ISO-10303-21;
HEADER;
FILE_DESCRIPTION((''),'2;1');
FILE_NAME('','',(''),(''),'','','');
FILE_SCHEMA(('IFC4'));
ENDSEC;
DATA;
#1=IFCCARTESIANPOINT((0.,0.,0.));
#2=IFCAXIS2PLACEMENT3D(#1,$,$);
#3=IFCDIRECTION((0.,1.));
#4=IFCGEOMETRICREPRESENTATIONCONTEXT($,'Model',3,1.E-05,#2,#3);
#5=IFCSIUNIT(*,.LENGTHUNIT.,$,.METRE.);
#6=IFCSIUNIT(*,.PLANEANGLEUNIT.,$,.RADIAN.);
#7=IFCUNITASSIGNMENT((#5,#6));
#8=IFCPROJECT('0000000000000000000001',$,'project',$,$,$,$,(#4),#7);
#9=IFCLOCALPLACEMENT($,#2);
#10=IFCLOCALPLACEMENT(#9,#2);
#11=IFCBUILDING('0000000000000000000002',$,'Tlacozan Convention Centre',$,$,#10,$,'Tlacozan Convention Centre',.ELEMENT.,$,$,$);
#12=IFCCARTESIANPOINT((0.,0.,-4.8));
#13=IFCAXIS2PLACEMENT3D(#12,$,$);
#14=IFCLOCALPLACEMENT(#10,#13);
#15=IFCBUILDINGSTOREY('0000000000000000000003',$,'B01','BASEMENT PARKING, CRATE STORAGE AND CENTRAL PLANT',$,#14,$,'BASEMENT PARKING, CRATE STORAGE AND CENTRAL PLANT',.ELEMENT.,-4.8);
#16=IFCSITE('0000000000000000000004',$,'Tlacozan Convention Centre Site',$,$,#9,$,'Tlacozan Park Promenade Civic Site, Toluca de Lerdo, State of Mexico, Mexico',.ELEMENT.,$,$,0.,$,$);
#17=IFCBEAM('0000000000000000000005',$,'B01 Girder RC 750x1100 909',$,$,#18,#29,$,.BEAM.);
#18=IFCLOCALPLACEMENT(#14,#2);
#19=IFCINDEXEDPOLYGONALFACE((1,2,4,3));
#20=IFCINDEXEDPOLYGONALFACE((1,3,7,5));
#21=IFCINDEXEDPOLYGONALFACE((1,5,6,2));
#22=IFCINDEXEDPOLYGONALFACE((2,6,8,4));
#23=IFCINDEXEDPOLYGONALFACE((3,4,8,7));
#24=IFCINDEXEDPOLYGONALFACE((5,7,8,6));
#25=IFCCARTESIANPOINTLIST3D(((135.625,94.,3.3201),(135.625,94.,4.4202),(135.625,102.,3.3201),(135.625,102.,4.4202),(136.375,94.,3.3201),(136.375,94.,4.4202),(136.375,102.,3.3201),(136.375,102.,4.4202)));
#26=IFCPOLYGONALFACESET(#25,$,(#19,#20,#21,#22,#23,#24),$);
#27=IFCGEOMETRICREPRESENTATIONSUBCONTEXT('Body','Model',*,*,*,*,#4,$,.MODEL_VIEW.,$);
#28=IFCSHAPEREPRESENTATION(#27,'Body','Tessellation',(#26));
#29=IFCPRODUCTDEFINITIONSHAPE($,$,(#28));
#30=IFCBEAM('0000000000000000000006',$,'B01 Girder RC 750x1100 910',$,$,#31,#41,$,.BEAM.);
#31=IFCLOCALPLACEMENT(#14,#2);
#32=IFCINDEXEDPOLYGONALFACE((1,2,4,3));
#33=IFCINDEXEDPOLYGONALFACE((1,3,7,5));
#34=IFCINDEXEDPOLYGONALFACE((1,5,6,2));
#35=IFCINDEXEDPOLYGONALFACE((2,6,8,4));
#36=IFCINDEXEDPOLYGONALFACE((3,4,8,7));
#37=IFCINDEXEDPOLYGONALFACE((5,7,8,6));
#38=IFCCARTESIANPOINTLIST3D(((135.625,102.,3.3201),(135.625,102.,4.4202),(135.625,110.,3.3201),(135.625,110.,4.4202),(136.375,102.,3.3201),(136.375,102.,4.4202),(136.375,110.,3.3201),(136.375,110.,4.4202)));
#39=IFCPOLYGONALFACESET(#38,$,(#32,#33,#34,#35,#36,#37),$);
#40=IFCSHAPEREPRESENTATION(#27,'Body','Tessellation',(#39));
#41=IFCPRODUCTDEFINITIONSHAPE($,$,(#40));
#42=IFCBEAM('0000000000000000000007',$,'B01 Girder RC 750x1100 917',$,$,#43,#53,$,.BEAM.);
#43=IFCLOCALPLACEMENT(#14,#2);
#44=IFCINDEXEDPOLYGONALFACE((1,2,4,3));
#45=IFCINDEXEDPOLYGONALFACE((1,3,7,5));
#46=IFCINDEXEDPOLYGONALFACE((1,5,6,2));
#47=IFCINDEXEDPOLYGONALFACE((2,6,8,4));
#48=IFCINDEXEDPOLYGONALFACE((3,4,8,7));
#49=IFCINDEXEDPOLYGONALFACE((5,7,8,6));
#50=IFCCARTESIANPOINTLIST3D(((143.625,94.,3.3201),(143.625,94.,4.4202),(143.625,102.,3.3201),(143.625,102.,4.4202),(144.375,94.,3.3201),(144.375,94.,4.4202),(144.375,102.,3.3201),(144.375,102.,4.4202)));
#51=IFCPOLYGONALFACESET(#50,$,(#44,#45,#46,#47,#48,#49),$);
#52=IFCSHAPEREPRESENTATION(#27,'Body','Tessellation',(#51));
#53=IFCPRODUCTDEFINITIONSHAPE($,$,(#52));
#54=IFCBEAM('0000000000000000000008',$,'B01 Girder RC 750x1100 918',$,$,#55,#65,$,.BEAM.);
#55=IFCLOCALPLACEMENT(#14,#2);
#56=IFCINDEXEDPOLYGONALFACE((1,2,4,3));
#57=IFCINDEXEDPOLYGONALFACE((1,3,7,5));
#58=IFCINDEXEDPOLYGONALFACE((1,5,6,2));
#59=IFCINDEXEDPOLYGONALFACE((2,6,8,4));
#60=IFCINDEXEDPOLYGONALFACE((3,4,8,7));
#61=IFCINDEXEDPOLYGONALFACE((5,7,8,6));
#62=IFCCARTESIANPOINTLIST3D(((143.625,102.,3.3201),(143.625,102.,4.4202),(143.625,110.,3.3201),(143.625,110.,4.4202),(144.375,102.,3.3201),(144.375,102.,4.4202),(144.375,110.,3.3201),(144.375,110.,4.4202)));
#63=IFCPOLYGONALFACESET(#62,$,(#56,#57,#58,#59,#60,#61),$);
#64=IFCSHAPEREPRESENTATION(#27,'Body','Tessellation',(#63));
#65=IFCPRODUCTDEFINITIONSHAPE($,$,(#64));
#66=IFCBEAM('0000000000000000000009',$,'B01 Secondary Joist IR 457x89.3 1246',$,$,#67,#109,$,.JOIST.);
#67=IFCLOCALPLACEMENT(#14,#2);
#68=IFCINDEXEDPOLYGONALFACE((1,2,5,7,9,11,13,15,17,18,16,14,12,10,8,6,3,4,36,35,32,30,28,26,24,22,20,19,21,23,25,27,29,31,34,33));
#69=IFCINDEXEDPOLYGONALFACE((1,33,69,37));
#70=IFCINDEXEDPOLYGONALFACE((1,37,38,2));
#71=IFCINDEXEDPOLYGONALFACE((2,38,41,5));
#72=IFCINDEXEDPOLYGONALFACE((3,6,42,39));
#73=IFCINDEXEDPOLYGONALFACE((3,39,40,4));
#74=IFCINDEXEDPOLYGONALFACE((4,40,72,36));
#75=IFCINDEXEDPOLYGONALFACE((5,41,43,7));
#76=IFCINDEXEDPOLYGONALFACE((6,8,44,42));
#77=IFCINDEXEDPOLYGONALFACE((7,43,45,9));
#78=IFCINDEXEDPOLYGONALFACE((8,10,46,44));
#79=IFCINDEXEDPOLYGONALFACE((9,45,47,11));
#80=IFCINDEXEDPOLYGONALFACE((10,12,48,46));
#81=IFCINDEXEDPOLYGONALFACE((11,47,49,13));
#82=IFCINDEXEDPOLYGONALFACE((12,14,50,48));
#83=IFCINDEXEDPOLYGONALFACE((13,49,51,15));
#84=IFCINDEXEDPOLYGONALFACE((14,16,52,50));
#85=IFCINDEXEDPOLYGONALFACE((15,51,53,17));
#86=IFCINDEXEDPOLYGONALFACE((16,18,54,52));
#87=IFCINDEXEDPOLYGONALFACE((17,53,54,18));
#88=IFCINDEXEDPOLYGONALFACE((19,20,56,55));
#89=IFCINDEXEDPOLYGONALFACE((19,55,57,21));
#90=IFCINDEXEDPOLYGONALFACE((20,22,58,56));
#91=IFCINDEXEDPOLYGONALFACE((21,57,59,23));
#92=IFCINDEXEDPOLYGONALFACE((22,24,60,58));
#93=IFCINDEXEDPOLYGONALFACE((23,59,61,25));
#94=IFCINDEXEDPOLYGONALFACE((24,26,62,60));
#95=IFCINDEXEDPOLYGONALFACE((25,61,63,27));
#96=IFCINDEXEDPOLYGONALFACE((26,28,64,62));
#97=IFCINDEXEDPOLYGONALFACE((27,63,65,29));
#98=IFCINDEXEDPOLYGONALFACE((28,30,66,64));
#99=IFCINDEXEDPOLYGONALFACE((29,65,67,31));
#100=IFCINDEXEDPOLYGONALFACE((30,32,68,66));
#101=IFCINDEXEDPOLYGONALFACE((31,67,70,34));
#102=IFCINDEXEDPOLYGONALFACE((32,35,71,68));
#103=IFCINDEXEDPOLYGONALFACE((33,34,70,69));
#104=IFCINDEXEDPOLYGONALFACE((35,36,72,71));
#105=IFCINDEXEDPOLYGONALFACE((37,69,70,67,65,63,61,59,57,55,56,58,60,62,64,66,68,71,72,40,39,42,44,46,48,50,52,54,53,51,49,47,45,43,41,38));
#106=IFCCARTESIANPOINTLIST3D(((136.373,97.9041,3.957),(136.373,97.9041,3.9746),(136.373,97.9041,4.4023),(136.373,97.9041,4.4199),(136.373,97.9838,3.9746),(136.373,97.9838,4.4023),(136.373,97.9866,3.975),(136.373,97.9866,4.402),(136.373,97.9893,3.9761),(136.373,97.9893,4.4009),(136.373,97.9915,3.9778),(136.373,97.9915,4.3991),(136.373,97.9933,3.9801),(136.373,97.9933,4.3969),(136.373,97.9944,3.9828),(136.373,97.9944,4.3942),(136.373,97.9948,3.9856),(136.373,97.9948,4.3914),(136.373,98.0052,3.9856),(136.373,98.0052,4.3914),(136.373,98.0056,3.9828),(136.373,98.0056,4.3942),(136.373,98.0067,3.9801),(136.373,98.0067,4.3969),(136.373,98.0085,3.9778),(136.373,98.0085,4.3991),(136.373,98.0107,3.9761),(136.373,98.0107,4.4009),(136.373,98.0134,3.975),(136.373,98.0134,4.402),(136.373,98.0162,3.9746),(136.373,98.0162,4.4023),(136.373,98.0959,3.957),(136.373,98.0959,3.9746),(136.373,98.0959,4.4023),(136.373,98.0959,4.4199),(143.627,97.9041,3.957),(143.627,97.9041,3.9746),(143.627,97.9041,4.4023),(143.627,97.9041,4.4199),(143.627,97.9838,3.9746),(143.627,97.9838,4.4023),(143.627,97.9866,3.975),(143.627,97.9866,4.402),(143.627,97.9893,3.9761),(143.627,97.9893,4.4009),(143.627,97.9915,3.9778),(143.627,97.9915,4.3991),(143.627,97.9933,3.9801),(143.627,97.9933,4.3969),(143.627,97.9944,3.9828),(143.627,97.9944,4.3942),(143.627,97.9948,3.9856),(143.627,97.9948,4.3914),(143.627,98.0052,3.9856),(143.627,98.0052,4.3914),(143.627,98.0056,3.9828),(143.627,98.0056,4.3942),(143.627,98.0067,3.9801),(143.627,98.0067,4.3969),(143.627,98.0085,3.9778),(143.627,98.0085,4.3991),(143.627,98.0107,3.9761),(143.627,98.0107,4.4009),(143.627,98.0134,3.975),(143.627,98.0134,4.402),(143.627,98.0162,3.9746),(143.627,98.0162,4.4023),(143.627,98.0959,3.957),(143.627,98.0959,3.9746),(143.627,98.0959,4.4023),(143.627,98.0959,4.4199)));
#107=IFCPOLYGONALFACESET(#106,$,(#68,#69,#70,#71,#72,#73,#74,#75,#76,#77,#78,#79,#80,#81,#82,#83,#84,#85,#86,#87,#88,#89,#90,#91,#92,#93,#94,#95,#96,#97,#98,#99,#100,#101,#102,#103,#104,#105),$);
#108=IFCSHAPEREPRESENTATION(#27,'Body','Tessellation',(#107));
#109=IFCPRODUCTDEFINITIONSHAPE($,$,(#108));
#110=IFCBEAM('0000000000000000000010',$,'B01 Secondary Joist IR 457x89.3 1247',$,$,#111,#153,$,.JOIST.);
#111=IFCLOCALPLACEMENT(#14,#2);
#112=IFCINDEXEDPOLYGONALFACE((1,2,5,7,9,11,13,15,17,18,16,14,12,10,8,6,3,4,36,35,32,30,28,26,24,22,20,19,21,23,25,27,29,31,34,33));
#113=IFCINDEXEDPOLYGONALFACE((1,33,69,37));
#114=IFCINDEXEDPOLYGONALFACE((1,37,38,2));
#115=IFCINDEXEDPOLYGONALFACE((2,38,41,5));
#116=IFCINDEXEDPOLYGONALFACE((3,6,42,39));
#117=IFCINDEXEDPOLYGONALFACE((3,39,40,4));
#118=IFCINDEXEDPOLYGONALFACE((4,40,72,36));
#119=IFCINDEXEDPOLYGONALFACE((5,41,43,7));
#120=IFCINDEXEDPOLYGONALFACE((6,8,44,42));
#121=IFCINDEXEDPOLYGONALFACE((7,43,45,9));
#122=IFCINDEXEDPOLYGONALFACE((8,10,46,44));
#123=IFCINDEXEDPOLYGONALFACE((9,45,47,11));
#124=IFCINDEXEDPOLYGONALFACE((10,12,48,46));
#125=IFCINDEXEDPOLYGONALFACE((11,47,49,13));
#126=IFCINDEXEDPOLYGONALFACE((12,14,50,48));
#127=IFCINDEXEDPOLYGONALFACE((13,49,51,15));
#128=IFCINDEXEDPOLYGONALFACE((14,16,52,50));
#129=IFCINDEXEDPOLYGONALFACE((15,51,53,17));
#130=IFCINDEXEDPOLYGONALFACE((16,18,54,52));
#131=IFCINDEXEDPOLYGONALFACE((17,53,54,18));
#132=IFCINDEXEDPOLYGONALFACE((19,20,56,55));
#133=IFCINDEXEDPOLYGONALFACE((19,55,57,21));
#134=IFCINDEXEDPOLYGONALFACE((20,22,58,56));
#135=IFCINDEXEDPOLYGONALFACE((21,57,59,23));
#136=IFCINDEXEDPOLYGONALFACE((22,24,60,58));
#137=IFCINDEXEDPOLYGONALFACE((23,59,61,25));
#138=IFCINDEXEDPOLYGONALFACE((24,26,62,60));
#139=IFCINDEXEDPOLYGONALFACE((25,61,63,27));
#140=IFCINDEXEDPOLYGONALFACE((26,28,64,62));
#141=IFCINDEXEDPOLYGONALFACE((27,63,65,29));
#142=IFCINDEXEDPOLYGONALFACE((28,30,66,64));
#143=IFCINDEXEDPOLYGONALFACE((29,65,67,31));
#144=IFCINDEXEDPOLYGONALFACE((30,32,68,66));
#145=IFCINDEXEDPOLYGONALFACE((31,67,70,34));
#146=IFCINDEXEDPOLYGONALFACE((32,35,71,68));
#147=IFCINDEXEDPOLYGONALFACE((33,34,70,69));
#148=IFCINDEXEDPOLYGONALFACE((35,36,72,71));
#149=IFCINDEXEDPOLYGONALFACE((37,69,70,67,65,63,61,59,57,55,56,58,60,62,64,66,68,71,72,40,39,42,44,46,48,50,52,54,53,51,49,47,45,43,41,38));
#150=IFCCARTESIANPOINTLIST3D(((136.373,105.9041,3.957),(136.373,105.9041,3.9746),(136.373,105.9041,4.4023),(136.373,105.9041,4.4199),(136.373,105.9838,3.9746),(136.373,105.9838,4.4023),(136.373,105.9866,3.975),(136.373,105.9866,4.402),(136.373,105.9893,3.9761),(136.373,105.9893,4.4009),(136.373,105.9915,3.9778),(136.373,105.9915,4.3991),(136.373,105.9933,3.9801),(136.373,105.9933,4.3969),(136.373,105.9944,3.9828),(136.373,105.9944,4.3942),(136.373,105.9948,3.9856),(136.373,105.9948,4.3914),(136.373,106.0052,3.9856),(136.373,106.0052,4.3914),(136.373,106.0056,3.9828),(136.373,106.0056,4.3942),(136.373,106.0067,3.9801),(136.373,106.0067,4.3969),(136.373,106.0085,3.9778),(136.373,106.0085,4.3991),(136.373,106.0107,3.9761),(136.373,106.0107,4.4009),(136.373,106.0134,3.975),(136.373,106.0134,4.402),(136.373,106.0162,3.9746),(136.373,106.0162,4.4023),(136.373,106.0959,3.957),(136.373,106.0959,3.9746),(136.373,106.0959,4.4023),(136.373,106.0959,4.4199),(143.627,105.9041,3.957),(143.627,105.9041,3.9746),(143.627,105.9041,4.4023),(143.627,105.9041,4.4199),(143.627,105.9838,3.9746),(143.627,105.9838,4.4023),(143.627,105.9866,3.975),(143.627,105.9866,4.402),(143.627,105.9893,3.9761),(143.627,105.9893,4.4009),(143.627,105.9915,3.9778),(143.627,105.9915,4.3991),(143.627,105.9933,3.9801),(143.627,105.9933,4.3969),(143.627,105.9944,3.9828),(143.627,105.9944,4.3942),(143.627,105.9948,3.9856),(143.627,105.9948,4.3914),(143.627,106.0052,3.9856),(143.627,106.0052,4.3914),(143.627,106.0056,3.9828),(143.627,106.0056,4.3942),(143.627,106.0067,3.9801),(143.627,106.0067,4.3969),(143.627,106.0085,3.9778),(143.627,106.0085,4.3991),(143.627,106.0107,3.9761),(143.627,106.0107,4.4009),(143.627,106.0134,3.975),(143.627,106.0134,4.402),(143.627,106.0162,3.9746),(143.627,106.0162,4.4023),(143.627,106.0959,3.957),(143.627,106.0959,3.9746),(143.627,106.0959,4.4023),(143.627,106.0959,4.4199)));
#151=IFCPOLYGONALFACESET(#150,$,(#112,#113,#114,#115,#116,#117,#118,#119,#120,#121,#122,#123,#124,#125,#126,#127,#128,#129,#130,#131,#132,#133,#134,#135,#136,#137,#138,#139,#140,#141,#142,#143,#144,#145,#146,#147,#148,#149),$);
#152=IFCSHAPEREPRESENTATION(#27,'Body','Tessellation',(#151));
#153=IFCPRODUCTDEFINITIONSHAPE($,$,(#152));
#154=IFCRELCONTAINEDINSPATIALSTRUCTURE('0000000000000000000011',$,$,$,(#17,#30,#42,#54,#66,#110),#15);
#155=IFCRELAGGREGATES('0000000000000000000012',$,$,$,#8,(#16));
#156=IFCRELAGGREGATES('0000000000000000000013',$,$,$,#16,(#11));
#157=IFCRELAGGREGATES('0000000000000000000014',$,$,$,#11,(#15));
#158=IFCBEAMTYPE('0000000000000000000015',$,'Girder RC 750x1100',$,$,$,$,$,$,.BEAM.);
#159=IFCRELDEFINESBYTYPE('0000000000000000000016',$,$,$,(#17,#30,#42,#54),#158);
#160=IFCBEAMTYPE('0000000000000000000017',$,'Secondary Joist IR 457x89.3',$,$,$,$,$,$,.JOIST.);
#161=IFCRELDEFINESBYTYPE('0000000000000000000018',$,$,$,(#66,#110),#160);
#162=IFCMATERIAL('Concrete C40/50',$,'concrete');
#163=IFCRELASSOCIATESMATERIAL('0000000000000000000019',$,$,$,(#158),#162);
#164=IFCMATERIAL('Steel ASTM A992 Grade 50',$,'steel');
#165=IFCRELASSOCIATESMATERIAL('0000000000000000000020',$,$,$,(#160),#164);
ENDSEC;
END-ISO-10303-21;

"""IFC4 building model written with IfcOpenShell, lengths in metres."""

from ifc_helpers import new_model, si_unit, direction, frame, origin, origin_2d, place, context, subcontext, project, spatial, rectangle, i_section, extrude, material, material_profile, profile_set, type_object, element, save


model = new_model("IFC4")

# Units and contexts
model_context = context("Model", 3, precision=1e-05, world=origin(), true_north=direction((0.0, 1.0)))
body_context = subcontext(model_context, "Body", "Model", "MODEL_VIEW")
ifc_project = project(units=[si_unit("LENGTHUNIT", "METRE"), si_unit("PLANEANGLEUNIT", "RADIAN")], contexts=[model_context])

# Site, building, storey
site_placement = place(None, origin())
site = spatial("IfcSite", under=ifc_project, at=site_placement, Name="Tlacozan Convention Centre Site", LongName="Tlacozan Park Promenade Civic Site, Toluca de Lerdo, State of Mexico, Mexico", CompositionType="ELEMENT", RefElevation=0.0)
building_placement = place(site_placement, origin())
building = spatial("IfcBuilding", under=site, at=building_placement, Name="Tlacozan Convention Centre", LongName="Tlacozan Convention Centre", CompositionType="ELEMENT")
storey_placement = place(building_placement, frame((0.0, 0.0, -4.8)))
storey = spatial("IfcBuildingStorey", under=building, at=storey_placement, Name="B01", Description="BASEMENT PARKING, CRATE STORAGE AND CENTRAL PLANT", LongName="BASEMENT PARKING, CRATE STORAGE AND CENTRAL PLANT", CompositionType="ELEMENT", Elevation=-4.8)

# Shared definitions
ifc_material_1 = material(Name="Concrete C40/50", Category="concrete")

# Beams
ifc_material_profile_1 = material_profile(ifc_material_1, rectangle(XDim=0.75, YDim=1.1001, at=origin_2d()), Name="RC 750x1100")
ifc_profile_set_1 = profile_set([ifc_material_profile_1], Name="Concrete C40/50")
beam_type_1 = type_object("IfcBeamType", Name="Girder RC 750x1100", PredefinedType="BEAM", material=ifc_profile_set_1)
for number, where, z_axis, x_axis, name in (
    (1, (136.0, 94.0, 3.8701), (0.0, 1.0, 0.0), (-1.0, 0.0, 0.0), "B01 Girder RC 750x1100 909"),
    (2, (136.0, 102.0, 3.8701), (0.0, 1.0, 0.0), (-1.0, 0.0, 0.0), "B01 Girder RC 750x1100 910"),
    (3, (144.0, 94.0, 3.8701), (0.0, 1.0, 0.0), (-1.0, 0.0, 0.0), "B01 Girder RC 750x1100 917"),
    (4, (144.0, 102.0, 3.8701), (0.0, 1.0, 0.0), (-1.0, 0.0, 0.0), "B01 Girder RC 750x1100 918"),
):
    element("IfcBeam", number, at=place(storey_placement, frame(where, z_axis=z_axis, x_axis=x_axis)), inside=storey, type_object=beam_type_1, Name=name, PredefinedType="BEAM", context=body_context, shape_type="SweptSolid", body=[
        extrude(rectangle(XDim=0.75, YDim=1.1001, at=origin_2d()), origin(), (0.0, 0.0, 1.0), 8.0),
    ])
ifc_material_2 = material(Name="Steel ASTM A992 Grade 50", Category="steel")
ifc_material_profile_2 = material_profile(ifc_material_2, i_section(OverallWidth=0.1919, OverallDepth=0.4629, WebThickness=0.0105, FlangeThickness=0.0176, FilletRadius=0.011, at=origin_2d()), Name="IR 457x89.3")
ifc_profile_set_2 = profile_set([ifc_material_profile_2], Name="Steel ASTM A992 Grade 50")
beam_type_2 = type_object("IfcBeamType", Name="Secondary Joist IR 457x89.3", PredefinedType="JOIST", material=ifc_profile_set_2)
for number, where, z_axis, x_axis, name in (
    (5, (136.373, 98.0, 4.1885), (1.0, 0.0, 0.0), (0.0, 1.0, 0.0), "B01 Secondary Joist IR 457x89.3 1246"),
    (6, (136.373, 106.0, 4.1885), (1.0, 0.0, 0.0), (0.0, 1.0, 0.0), "B01 Secondary Joist IR 457x89.3 1247"),
):
    element("IfcBeam", number, at=place(storey_placement, frame(where, z_axis=z_axis, x_axis=x_axis)), inside=storey, type_object=beam_type_2, Name=name, PredefinedType="JOIST", context=body_context, shape_type="SweptSolid", body=[
        extrude(i_section(OverallWidth=0.1919, OverallDepth=0.4629, WebThickness=0.0105, FlangeThickness=0.0176, FilletRadius=0.011, at=origin_2d()), origin(), (0.0, 0.0, 1.0), 7.2539),
    ])

save(model, "model.ifc")
